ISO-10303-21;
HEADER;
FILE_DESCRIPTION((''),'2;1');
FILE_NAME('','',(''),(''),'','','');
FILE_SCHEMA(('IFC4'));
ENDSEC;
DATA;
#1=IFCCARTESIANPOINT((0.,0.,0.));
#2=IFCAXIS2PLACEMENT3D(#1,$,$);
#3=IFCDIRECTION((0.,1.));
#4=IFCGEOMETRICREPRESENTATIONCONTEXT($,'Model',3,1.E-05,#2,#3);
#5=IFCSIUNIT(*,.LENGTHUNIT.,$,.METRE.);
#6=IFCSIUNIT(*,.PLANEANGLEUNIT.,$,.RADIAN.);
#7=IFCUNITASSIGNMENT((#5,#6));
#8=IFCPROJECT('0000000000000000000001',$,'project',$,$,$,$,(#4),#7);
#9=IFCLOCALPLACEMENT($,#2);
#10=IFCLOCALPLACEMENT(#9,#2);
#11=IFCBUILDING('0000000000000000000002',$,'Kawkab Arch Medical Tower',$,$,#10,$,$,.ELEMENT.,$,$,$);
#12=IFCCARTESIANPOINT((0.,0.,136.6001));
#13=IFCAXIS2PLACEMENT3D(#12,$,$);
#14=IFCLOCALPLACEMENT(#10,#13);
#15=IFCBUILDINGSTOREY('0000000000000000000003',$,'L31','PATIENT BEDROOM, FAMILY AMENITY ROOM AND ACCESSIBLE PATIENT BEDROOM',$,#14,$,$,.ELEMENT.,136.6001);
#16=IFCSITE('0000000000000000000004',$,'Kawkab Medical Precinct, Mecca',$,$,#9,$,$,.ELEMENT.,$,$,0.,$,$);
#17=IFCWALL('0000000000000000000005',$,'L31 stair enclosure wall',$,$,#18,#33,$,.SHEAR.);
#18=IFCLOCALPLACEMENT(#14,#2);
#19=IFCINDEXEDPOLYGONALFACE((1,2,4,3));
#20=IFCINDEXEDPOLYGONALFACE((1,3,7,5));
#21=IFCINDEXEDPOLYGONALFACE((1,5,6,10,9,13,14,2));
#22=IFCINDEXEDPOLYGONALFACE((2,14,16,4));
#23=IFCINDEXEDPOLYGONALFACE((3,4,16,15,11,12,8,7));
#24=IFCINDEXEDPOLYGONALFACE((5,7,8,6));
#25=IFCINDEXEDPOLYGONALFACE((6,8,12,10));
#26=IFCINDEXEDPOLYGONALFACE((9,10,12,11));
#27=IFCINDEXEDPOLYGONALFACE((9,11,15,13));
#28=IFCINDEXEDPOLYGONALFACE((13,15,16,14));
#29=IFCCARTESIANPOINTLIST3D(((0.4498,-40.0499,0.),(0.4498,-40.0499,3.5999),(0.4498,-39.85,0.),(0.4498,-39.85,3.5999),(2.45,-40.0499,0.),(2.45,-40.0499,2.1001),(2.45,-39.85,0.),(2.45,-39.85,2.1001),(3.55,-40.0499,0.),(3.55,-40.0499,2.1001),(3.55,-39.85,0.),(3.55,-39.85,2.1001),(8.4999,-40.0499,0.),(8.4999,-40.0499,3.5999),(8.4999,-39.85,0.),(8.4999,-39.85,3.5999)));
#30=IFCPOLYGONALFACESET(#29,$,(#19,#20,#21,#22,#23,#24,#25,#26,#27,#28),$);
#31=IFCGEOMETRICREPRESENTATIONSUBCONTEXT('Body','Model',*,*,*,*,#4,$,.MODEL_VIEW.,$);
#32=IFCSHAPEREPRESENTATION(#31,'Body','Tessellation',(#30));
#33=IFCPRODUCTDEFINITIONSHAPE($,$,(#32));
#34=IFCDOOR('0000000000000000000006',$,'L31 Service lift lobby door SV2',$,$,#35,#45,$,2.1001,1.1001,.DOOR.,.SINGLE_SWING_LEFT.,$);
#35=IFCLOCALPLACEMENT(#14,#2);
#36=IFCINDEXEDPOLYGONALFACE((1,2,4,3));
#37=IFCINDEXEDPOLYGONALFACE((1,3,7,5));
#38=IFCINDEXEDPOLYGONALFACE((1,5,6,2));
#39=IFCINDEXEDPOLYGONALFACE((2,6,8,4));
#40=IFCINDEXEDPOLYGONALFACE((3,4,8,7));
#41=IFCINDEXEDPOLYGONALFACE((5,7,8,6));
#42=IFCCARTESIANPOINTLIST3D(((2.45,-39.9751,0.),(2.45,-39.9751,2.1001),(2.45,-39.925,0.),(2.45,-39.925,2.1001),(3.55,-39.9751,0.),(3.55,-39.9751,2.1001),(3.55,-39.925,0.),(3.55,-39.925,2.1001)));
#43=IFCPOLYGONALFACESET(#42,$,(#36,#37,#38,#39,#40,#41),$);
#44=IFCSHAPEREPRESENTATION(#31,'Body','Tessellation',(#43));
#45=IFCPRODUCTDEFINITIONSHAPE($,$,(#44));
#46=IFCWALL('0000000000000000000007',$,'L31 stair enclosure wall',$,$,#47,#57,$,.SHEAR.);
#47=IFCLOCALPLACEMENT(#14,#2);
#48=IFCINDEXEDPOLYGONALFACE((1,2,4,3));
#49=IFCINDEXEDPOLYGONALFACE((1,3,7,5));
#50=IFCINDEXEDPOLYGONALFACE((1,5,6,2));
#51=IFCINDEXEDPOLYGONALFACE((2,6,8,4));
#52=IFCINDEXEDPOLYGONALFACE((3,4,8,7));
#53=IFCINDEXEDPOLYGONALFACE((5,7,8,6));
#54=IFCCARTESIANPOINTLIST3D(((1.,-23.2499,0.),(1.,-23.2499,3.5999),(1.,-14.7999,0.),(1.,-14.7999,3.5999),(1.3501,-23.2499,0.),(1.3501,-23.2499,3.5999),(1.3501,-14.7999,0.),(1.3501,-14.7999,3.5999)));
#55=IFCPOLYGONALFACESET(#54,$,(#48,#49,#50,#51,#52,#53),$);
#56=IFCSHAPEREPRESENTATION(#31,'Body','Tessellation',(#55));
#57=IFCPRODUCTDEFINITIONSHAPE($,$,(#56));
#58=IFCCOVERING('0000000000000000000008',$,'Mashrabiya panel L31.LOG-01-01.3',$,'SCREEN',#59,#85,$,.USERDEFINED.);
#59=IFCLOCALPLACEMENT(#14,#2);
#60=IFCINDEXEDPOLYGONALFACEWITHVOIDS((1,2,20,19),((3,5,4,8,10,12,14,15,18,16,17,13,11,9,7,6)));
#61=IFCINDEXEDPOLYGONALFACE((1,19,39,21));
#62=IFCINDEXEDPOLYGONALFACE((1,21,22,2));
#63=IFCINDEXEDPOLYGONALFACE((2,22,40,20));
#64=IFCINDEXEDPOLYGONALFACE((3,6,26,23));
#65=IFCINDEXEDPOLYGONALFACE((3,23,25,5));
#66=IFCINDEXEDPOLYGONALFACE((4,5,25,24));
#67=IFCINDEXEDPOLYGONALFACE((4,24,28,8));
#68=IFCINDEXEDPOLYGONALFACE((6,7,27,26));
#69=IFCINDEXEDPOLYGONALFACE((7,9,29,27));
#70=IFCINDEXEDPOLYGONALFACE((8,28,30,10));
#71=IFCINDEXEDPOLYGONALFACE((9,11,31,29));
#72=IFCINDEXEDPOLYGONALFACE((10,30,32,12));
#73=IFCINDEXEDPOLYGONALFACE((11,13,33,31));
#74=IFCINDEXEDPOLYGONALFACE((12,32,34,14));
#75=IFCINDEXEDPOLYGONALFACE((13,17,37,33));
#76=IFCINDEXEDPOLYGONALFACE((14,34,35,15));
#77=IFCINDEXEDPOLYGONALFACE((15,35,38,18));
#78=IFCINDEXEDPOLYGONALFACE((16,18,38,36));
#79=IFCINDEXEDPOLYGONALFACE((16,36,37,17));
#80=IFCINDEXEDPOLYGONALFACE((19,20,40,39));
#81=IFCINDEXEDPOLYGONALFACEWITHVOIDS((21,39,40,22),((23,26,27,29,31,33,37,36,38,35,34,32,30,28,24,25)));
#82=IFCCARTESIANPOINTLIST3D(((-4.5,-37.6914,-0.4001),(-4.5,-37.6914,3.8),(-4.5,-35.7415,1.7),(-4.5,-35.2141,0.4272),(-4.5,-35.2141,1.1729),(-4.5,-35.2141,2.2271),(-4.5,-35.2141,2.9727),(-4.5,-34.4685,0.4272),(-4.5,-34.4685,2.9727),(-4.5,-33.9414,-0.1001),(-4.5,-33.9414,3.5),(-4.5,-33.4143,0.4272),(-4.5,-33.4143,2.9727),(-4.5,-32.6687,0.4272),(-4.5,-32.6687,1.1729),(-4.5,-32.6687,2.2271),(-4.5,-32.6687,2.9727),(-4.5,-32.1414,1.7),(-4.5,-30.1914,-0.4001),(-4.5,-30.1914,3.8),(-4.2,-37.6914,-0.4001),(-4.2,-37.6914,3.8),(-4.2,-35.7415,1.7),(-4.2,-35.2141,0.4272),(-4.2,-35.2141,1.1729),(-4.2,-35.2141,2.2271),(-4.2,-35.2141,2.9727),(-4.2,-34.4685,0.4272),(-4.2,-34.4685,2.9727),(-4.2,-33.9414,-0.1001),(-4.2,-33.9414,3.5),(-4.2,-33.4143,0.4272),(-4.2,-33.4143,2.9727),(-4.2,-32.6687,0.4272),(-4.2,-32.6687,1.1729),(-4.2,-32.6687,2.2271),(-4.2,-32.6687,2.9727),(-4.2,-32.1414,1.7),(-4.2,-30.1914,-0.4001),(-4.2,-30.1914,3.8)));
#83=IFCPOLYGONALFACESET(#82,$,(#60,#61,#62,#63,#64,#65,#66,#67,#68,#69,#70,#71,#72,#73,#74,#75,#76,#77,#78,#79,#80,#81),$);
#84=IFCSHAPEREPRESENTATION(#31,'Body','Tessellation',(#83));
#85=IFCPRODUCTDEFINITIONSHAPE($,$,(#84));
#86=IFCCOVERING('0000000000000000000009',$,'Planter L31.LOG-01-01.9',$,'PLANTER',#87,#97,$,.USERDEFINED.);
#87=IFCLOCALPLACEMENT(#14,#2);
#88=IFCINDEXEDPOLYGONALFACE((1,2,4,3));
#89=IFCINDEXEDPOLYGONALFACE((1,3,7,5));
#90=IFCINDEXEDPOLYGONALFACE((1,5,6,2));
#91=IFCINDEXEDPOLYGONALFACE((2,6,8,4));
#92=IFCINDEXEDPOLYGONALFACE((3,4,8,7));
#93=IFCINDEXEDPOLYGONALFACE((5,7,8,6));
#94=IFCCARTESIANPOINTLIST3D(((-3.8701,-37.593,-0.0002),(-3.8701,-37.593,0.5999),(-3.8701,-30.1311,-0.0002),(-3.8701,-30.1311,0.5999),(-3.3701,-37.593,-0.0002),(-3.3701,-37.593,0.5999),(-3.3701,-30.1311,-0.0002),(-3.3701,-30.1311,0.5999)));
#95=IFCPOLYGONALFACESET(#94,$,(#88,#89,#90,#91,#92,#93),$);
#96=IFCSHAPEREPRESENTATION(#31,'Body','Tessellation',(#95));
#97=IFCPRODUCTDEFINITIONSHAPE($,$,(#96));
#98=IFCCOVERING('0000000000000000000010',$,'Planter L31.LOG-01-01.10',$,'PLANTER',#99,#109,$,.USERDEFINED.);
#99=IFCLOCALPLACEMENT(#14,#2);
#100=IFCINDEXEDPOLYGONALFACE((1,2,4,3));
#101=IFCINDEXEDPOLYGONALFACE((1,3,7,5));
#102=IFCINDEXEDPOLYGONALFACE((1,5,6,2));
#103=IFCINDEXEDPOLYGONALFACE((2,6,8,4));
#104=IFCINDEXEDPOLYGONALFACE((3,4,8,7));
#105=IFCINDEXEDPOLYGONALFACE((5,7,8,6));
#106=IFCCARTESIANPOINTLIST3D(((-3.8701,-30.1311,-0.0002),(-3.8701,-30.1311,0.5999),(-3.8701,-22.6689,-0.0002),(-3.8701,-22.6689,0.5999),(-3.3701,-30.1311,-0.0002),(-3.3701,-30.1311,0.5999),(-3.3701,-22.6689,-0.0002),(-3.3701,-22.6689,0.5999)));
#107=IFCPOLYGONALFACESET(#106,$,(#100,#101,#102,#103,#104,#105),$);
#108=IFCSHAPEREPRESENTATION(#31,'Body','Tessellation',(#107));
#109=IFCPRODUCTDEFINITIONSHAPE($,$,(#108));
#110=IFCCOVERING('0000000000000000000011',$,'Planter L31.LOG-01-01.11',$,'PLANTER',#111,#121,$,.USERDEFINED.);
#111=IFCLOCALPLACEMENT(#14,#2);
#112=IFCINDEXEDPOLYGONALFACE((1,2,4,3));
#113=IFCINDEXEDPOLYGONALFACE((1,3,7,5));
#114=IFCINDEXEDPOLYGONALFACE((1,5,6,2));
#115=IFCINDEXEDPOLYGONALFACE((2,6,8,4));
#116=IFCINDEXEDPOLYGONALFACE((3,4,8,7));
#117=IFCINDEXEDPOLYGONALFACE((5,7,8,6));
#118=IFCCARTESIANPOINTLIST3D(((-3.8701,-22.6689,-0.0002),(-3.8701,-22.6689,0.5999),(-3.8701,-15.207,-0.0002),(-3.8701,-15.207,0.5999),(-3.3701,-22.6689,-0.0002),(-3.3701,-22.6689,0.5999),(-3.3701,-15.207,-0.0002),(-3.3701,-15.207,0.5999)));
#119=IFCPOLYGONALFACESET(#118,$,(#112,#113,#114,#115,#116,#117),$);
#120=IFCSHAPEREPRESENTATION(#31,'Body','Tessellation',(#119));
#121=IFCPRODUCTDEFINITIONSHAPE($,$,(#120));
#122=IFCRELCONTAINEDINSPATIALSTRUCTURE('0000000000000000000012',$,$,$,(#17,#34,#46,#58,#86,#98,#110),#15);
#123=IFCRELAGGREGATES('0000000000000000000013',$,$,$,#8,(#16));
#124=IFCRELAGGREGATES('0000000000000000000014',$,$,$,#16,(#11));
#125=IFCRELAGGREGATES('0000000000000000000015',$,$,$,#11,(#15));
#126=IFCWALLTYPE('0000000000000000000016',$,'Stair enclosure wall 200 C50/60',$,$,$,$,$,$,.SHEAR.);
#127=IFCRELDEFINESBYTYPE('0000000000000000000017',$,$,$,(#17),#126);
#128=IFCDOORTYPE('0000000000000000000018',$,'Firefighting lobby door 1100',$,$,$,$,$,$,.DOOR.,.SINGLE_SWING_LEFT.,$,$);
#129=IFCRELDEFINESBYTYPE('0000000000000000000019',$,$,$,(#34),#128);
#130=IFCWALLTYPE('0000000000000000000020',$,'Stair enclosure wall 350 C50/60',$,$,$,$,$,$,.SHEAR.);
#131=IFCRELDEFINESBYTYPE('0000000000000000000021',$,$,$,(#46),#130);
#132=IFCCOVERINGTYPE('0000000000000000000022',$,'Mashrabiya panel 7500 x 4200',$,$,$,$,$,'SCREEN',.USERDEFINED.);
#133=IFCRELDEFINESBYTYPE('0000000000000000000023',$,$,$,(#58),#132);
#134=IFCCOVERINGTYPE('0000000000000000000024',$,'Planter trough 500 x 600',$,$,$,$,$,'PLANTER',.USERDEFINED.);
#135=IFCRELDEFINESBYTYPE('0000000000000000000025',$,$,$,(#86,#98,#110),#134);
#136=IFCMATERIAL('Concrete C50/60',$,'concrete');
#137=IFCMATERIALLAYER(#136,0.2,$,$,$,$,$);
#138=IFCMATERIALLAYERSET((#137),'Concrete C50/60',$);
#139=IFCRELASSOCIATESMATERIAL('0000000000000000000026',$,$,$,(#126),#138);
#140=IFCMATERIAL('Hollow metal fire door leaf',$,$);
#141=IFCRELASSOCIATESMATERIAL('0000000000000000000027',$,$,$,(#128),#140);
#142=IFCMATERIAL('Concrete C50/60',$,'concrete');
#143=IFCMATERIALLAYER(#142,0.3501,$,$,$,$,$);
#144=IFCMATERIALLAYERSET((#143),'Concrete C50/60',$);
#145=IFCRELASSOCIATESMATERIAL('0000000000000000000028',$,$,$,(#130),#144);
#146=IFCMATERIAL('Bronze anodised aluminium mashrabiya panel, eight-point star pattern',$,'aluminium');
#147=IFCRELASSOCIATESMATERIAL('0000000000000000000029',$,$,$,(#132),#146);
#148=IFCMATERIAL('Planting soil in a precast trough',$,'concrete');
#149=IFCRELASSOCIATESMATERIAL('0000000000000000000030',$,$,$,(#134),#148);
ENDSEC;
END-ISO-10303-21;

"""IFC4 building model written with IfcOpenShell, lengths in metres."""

from ifc_helpers import new_model, si_unit, direction, frame, frame_2d, origin, origin_2d, place, context, subcontext, project, spatial, polyline, rectangle, outline, extrude, material, layer, layer_set, material_profile, profile_set, type_object, element, fill, save


model = new_model("IFC4")

# Units and contexts
model_context = context("Model", 3, precision=1e-05, world=origin(), true_north=direction((0.0, 1.0)))
body_context = subcontext(model_context, "Body", "Model", "MODEL_VIEW")
ifc_project = project(units=[si_unit("LENGTHUNIT", "METRE"), si_unit("PLANEANGLEUNIT", "RADIAN")], contexts=[model_context])

# Site, building, storey
site_placement = place(None, origin())
site = spatial("IfcSite", under=ifc_project, at=site_placement, Name="Kawkab Medical Precinct, Mecca", CompositionType="ELEMENT", RefElevation=0.0)
building_placement = place(site_placement, origin())
building = spatial("IfcBuilding", under=site, at=building_placement, Name="Kawkab Arch Medical Tower", CompositionType="ELEMENT")
storey_placement = place(building_placement, frame((0.0, 0.0, 136.6001)))
storey = spatial("IfcBuildingStorey", under=building, at=storey_placement, Name="L31", Description="PATIENT BEDROOM, FAMILY AMENITY ROOM AND ACCESSIBLE PATIENT BEDROOM", CompositionType="ELEMENT", Elevation=136.6001)

# Shared definitions
ifc_material_1 = material(Name="Concrete C50/60", Category="concrete")
ifc_layer_1 = layer(ifc_material_1, 0.2)
ifc_layer_set_1 = layer_set([ifc_layer_1], Name="Concrete C50/60")
wall_type_1 = type_object("IfcWallType", Name="Stair enclosure wall 200 C50/60", PredefinedType="SHEAR", material=ifc_layer_set_1)

# Wall, opening, door
wall_1_placement = place(storey_placement, frame((0.45, -39.95, 0.0), z_axis=(0.0, 0.0, 1.0), x_axis=(1.0, 0.0, 0.0)))
wall_1 = element("IfcWall", 1, at=wall_1_placement, inside=storey, type_object=wall_type_1, Name="L31 stair enclosure wall", PredefinedType="SHEAR", context=body_context, shape_type="SweptSolid", body=[
    extrude(rectangle(XDim=8.05, YDim=0.2, at=frame_2d((4.0249, 0.0))), origin(), (0.0, 0.0, 1.0), 3.5999),
])
opening_1_placement = place(wall_1_placement, frame((2.0, 0.0, 0.0)))
opening_1 = element("IfcOpeningElement", 2, at=opening_1_placement, cuts=wall_1, PredefinedType="OPENING", context=body_context, shape_type="SweptSolid", body=[
    extrude(rectangle(XDim=1.1001, YDim=2.1001, at=frame_2d((0.55, 1.05))), frame((0.0, 0.1099, 0.0), z_axis=(0.0, -1.0, 0.0), x_axis=(1.0, 0.0, 0.0)), (0.0, 0.0, 1.0), 0.22),
])
ifc_material_2 = material(Name="Hollow metal fire door leaf")
door_type_1 = type_object("IfcDoorType", Name="Firefighting lobby door 1100", OperationType="SINGLE_SWING_LEFT", PredefinedType="DOOR", material=ifc_material_2)
door_1_placement = place(opening_1_placement, origin())
door_1 = element("IfcDoor", 3, at=door_1_placement, inside=storey, type_object=door_type_1, Name="L31 Service lift lobby door SV2", OperationType="SINGLE_SWING_LEFT", OverallHeight=2.1001, OverallWidth=1.1001, PredefinedType="DOOR", context=body_context, shape_type="SweptSolid", body=[
    extrude(rectangle(XDim=1.1001, YDim=2.1001, at=frame_2d((0.55, 1.05))), frame((0.0, 0.0249, 0.0), z_axis=(0.0, -1.0, 0.0), x_axis=(1.0, 0.0, 0.0)), (0.0, 0.0, 1.0), 0.05),
])
fill(opening_1, door_1)

# Wall
ifc_material_3 = material(Name="Concrete C50/60", Category="concrete")
ifc_layer_2 = layer(ifc_material_3, 0.3501)
ifc_layer_set_2 = layer_set([ifc_layer_2], Name="Concrete C50/60")
wall_type_2 = type_object("IfcWallType", Name="Stair enclosure wall 350 C50/60", PredefinedType="SHEAR", material=ifc_layer_set_2)
wall_2_placement = place(storey_placement, frame((1.175, -23.25, 0.0), z_axis=(0.0, 0.0, 1.0), x_axis=(0.0, 1.0, 0.0)))
element("IfcWall", 4, at=wall_2_placement, inside=storey, type_object=wall_type_2, Name="L31 stair enclosure wall", PredefinedType="SHEAR", context=body_context, shape_type="SweptSolid", body=[
    extrude(rectangle(XDim=8.45, YDim=0.3501, at=frame_2d((4.2251, 0.0))), origin(), (0.0, 0.0, 1.0), 3.5999),
])

# Coverings
ifc_material_4 = material(Name="Bronze anodised aluminium mashrabiya panel, eight-point star pattern", Category="aluminium")
ifc_material_profile_1 = material_profile(ifc_material_4, outline(polyline([(-3.75, -2.1001), (3.75, -2.1001), (3.75, 2.1001), (-3.75, 2.1001), (-3.75, -2.1001)]), holes=[polyline([(1.8, 0.0), (1.2727, 0.5271), (1.2727, 1.2727), (0.5271, 1.2727), (0.0, 1.8), (-0.5271, 1.2727), (-1.2727, 1.2727), (-1.2727, 0.5271), (-1.8, 0.0), (-1.2727, -0.5271), (-1.2727, -1.2727), (-0.5271, -1.2727), (0.0, -1.8), (0.5271, -1.2727), (1.2727, -1.2727), (1.2727, -0.5271), (1.8, 0.0)])]), Name="Mashrabiya panel 7500x4200")
ifc_profile_set_1 = profile_set([ifc_material_profile_1], Name="Bronze anodised aluminium mashrabiya panel, eight-point star pattern")
covering_type_1 = type_object("IfcCoveringType", Name="Mashrabiya panel 7500 x 4200", ElementType="SCREEN", PredefinedType="USERDEFINED", material=ifc_profile_set_1)
covering_1_placement = place(storey_placement, frame((-4.2, -33.9414, 1.7), z_axis=(-1.0, 0.0, 0.0), x_axis=(0.0, -1.0, 0.0)))
element("IfcCovering", 5, at=covering_1_placement, inside=storey, type_object=covering_type_1, Name="Mashrabiya panel L31.LOG-01-01.3", ObjectType="SCREEN", PredefinedType="USERDEFINED", context=body_context, shape_type="SweptSolid", body=[
    extrude(outline(polyline([(-3.75, -2.1001), (3.75, -2.1001), (3.75, 2.1001), (-3.75, 2.1001), (-3.75, -2.1001)]), holes=[polyline([(1.8, 0.0), (1.2727, 0.5271), (1.2727, 1.2727), (0.5271, 1.2727), (0.0, 1.8), (-0.5271, 1.2727), (-1.2727, 1.2727), (-1.2727, 0.5271), (-1.8, 0.0), (-1.2727, -0.5271), (-1.2727, -1.2727), (-0.5271, -1.2727), (0.0, -1.8), (0.5271, -1.2727), (1.2727, -1.2727), (1.2727, -0.5271), (1.8, 0.0)])]), origin(), (0.0, 0.0, 1.0), 0.3),
])
ifc_material_5 = material(Name="Planting soil in a precast trough", Category="concrete")
ifc_material_profile_2 = material_profile(ifc_material_5, rectangle(XDim=0.5, YDim=0.6001, at=origin_2d()), Name="Trough 500x600")
ifc_profile_set_2 = profile_set([ifc_material_profile_2], Name="Planting soil in a precast trough")
covering_type_2 = type_object("IfcCoveringType", Name="Planter trough 500 x 600", ElementType="PLANTER", PredefinedType="USERDEFINED", material=ifc_profile_set_2)
covering_2_placement = place(storey_placement, frame((-3.6201, -37.593, 0.2998), z_axis=(0.0, 1.0, 0.0), x_axis=(-1.0, 0.0, 0.0)))
element("IfcCovering", 6, at=covering_2_placement, inside=storey, type_object=covering_type_2, Name="Planter L31.LOG-01-01.9", ObjectType="PLANTER", PredefinedType="USERDEFINED", context=body_context, shape_type="SweptSolid", body=[
    extrude(rectangle(XDim=0.5, YDim=0.6001, at=origin_2d()), origin(), (0.0, 0.0, 1.0), 7.4619),
])
covering_3_placement = place(storey_placement, frame((-3.6201, -30.1311, 0.2998), z_axis=(0.0, 1.0, 0.0), x_axis=(-1.0, 0.0, 0.0)))
element("IfcCovering", 7, at=covering_3_placement, inside=storey, type_object=covering_type_2, Name="Planter L31.LOG-01-01.10", ObjectType="PLANTER", PredefinedType="USERDEFINED", context=body_context, shape_type="SweptSolid", body=[
    extrude(rectangle(XDim=0.5, YDim=0.6001, at=origin_2d()), origin(), (0.0, 0.0, 1.0), 7.4622),
])
covering_4_placement = place(storey_placement, frame((-3.6201, -22.6689, 0.2998), z_axis=(0.0, 1.0, 0.0), x_axis=(-1.0, 0.0, 0.0)))
element("IfcCovering", 8, at=covering_4_placement, inside=storey, type_object=covering_type_2, Name="Planter L31.LOG-01-01.11", ObjectType="PLANTER", PredefinedType="USERDEFINED", context=body_context, shape_type="SweptSolid", body=[
    extrude(rectangle(XDim=0.5, YDim=0.6001, at=origin_2d()), origin(), (0.0, 0.0, 1.0), 7.4619),
])

save(model, "model.ifc")
